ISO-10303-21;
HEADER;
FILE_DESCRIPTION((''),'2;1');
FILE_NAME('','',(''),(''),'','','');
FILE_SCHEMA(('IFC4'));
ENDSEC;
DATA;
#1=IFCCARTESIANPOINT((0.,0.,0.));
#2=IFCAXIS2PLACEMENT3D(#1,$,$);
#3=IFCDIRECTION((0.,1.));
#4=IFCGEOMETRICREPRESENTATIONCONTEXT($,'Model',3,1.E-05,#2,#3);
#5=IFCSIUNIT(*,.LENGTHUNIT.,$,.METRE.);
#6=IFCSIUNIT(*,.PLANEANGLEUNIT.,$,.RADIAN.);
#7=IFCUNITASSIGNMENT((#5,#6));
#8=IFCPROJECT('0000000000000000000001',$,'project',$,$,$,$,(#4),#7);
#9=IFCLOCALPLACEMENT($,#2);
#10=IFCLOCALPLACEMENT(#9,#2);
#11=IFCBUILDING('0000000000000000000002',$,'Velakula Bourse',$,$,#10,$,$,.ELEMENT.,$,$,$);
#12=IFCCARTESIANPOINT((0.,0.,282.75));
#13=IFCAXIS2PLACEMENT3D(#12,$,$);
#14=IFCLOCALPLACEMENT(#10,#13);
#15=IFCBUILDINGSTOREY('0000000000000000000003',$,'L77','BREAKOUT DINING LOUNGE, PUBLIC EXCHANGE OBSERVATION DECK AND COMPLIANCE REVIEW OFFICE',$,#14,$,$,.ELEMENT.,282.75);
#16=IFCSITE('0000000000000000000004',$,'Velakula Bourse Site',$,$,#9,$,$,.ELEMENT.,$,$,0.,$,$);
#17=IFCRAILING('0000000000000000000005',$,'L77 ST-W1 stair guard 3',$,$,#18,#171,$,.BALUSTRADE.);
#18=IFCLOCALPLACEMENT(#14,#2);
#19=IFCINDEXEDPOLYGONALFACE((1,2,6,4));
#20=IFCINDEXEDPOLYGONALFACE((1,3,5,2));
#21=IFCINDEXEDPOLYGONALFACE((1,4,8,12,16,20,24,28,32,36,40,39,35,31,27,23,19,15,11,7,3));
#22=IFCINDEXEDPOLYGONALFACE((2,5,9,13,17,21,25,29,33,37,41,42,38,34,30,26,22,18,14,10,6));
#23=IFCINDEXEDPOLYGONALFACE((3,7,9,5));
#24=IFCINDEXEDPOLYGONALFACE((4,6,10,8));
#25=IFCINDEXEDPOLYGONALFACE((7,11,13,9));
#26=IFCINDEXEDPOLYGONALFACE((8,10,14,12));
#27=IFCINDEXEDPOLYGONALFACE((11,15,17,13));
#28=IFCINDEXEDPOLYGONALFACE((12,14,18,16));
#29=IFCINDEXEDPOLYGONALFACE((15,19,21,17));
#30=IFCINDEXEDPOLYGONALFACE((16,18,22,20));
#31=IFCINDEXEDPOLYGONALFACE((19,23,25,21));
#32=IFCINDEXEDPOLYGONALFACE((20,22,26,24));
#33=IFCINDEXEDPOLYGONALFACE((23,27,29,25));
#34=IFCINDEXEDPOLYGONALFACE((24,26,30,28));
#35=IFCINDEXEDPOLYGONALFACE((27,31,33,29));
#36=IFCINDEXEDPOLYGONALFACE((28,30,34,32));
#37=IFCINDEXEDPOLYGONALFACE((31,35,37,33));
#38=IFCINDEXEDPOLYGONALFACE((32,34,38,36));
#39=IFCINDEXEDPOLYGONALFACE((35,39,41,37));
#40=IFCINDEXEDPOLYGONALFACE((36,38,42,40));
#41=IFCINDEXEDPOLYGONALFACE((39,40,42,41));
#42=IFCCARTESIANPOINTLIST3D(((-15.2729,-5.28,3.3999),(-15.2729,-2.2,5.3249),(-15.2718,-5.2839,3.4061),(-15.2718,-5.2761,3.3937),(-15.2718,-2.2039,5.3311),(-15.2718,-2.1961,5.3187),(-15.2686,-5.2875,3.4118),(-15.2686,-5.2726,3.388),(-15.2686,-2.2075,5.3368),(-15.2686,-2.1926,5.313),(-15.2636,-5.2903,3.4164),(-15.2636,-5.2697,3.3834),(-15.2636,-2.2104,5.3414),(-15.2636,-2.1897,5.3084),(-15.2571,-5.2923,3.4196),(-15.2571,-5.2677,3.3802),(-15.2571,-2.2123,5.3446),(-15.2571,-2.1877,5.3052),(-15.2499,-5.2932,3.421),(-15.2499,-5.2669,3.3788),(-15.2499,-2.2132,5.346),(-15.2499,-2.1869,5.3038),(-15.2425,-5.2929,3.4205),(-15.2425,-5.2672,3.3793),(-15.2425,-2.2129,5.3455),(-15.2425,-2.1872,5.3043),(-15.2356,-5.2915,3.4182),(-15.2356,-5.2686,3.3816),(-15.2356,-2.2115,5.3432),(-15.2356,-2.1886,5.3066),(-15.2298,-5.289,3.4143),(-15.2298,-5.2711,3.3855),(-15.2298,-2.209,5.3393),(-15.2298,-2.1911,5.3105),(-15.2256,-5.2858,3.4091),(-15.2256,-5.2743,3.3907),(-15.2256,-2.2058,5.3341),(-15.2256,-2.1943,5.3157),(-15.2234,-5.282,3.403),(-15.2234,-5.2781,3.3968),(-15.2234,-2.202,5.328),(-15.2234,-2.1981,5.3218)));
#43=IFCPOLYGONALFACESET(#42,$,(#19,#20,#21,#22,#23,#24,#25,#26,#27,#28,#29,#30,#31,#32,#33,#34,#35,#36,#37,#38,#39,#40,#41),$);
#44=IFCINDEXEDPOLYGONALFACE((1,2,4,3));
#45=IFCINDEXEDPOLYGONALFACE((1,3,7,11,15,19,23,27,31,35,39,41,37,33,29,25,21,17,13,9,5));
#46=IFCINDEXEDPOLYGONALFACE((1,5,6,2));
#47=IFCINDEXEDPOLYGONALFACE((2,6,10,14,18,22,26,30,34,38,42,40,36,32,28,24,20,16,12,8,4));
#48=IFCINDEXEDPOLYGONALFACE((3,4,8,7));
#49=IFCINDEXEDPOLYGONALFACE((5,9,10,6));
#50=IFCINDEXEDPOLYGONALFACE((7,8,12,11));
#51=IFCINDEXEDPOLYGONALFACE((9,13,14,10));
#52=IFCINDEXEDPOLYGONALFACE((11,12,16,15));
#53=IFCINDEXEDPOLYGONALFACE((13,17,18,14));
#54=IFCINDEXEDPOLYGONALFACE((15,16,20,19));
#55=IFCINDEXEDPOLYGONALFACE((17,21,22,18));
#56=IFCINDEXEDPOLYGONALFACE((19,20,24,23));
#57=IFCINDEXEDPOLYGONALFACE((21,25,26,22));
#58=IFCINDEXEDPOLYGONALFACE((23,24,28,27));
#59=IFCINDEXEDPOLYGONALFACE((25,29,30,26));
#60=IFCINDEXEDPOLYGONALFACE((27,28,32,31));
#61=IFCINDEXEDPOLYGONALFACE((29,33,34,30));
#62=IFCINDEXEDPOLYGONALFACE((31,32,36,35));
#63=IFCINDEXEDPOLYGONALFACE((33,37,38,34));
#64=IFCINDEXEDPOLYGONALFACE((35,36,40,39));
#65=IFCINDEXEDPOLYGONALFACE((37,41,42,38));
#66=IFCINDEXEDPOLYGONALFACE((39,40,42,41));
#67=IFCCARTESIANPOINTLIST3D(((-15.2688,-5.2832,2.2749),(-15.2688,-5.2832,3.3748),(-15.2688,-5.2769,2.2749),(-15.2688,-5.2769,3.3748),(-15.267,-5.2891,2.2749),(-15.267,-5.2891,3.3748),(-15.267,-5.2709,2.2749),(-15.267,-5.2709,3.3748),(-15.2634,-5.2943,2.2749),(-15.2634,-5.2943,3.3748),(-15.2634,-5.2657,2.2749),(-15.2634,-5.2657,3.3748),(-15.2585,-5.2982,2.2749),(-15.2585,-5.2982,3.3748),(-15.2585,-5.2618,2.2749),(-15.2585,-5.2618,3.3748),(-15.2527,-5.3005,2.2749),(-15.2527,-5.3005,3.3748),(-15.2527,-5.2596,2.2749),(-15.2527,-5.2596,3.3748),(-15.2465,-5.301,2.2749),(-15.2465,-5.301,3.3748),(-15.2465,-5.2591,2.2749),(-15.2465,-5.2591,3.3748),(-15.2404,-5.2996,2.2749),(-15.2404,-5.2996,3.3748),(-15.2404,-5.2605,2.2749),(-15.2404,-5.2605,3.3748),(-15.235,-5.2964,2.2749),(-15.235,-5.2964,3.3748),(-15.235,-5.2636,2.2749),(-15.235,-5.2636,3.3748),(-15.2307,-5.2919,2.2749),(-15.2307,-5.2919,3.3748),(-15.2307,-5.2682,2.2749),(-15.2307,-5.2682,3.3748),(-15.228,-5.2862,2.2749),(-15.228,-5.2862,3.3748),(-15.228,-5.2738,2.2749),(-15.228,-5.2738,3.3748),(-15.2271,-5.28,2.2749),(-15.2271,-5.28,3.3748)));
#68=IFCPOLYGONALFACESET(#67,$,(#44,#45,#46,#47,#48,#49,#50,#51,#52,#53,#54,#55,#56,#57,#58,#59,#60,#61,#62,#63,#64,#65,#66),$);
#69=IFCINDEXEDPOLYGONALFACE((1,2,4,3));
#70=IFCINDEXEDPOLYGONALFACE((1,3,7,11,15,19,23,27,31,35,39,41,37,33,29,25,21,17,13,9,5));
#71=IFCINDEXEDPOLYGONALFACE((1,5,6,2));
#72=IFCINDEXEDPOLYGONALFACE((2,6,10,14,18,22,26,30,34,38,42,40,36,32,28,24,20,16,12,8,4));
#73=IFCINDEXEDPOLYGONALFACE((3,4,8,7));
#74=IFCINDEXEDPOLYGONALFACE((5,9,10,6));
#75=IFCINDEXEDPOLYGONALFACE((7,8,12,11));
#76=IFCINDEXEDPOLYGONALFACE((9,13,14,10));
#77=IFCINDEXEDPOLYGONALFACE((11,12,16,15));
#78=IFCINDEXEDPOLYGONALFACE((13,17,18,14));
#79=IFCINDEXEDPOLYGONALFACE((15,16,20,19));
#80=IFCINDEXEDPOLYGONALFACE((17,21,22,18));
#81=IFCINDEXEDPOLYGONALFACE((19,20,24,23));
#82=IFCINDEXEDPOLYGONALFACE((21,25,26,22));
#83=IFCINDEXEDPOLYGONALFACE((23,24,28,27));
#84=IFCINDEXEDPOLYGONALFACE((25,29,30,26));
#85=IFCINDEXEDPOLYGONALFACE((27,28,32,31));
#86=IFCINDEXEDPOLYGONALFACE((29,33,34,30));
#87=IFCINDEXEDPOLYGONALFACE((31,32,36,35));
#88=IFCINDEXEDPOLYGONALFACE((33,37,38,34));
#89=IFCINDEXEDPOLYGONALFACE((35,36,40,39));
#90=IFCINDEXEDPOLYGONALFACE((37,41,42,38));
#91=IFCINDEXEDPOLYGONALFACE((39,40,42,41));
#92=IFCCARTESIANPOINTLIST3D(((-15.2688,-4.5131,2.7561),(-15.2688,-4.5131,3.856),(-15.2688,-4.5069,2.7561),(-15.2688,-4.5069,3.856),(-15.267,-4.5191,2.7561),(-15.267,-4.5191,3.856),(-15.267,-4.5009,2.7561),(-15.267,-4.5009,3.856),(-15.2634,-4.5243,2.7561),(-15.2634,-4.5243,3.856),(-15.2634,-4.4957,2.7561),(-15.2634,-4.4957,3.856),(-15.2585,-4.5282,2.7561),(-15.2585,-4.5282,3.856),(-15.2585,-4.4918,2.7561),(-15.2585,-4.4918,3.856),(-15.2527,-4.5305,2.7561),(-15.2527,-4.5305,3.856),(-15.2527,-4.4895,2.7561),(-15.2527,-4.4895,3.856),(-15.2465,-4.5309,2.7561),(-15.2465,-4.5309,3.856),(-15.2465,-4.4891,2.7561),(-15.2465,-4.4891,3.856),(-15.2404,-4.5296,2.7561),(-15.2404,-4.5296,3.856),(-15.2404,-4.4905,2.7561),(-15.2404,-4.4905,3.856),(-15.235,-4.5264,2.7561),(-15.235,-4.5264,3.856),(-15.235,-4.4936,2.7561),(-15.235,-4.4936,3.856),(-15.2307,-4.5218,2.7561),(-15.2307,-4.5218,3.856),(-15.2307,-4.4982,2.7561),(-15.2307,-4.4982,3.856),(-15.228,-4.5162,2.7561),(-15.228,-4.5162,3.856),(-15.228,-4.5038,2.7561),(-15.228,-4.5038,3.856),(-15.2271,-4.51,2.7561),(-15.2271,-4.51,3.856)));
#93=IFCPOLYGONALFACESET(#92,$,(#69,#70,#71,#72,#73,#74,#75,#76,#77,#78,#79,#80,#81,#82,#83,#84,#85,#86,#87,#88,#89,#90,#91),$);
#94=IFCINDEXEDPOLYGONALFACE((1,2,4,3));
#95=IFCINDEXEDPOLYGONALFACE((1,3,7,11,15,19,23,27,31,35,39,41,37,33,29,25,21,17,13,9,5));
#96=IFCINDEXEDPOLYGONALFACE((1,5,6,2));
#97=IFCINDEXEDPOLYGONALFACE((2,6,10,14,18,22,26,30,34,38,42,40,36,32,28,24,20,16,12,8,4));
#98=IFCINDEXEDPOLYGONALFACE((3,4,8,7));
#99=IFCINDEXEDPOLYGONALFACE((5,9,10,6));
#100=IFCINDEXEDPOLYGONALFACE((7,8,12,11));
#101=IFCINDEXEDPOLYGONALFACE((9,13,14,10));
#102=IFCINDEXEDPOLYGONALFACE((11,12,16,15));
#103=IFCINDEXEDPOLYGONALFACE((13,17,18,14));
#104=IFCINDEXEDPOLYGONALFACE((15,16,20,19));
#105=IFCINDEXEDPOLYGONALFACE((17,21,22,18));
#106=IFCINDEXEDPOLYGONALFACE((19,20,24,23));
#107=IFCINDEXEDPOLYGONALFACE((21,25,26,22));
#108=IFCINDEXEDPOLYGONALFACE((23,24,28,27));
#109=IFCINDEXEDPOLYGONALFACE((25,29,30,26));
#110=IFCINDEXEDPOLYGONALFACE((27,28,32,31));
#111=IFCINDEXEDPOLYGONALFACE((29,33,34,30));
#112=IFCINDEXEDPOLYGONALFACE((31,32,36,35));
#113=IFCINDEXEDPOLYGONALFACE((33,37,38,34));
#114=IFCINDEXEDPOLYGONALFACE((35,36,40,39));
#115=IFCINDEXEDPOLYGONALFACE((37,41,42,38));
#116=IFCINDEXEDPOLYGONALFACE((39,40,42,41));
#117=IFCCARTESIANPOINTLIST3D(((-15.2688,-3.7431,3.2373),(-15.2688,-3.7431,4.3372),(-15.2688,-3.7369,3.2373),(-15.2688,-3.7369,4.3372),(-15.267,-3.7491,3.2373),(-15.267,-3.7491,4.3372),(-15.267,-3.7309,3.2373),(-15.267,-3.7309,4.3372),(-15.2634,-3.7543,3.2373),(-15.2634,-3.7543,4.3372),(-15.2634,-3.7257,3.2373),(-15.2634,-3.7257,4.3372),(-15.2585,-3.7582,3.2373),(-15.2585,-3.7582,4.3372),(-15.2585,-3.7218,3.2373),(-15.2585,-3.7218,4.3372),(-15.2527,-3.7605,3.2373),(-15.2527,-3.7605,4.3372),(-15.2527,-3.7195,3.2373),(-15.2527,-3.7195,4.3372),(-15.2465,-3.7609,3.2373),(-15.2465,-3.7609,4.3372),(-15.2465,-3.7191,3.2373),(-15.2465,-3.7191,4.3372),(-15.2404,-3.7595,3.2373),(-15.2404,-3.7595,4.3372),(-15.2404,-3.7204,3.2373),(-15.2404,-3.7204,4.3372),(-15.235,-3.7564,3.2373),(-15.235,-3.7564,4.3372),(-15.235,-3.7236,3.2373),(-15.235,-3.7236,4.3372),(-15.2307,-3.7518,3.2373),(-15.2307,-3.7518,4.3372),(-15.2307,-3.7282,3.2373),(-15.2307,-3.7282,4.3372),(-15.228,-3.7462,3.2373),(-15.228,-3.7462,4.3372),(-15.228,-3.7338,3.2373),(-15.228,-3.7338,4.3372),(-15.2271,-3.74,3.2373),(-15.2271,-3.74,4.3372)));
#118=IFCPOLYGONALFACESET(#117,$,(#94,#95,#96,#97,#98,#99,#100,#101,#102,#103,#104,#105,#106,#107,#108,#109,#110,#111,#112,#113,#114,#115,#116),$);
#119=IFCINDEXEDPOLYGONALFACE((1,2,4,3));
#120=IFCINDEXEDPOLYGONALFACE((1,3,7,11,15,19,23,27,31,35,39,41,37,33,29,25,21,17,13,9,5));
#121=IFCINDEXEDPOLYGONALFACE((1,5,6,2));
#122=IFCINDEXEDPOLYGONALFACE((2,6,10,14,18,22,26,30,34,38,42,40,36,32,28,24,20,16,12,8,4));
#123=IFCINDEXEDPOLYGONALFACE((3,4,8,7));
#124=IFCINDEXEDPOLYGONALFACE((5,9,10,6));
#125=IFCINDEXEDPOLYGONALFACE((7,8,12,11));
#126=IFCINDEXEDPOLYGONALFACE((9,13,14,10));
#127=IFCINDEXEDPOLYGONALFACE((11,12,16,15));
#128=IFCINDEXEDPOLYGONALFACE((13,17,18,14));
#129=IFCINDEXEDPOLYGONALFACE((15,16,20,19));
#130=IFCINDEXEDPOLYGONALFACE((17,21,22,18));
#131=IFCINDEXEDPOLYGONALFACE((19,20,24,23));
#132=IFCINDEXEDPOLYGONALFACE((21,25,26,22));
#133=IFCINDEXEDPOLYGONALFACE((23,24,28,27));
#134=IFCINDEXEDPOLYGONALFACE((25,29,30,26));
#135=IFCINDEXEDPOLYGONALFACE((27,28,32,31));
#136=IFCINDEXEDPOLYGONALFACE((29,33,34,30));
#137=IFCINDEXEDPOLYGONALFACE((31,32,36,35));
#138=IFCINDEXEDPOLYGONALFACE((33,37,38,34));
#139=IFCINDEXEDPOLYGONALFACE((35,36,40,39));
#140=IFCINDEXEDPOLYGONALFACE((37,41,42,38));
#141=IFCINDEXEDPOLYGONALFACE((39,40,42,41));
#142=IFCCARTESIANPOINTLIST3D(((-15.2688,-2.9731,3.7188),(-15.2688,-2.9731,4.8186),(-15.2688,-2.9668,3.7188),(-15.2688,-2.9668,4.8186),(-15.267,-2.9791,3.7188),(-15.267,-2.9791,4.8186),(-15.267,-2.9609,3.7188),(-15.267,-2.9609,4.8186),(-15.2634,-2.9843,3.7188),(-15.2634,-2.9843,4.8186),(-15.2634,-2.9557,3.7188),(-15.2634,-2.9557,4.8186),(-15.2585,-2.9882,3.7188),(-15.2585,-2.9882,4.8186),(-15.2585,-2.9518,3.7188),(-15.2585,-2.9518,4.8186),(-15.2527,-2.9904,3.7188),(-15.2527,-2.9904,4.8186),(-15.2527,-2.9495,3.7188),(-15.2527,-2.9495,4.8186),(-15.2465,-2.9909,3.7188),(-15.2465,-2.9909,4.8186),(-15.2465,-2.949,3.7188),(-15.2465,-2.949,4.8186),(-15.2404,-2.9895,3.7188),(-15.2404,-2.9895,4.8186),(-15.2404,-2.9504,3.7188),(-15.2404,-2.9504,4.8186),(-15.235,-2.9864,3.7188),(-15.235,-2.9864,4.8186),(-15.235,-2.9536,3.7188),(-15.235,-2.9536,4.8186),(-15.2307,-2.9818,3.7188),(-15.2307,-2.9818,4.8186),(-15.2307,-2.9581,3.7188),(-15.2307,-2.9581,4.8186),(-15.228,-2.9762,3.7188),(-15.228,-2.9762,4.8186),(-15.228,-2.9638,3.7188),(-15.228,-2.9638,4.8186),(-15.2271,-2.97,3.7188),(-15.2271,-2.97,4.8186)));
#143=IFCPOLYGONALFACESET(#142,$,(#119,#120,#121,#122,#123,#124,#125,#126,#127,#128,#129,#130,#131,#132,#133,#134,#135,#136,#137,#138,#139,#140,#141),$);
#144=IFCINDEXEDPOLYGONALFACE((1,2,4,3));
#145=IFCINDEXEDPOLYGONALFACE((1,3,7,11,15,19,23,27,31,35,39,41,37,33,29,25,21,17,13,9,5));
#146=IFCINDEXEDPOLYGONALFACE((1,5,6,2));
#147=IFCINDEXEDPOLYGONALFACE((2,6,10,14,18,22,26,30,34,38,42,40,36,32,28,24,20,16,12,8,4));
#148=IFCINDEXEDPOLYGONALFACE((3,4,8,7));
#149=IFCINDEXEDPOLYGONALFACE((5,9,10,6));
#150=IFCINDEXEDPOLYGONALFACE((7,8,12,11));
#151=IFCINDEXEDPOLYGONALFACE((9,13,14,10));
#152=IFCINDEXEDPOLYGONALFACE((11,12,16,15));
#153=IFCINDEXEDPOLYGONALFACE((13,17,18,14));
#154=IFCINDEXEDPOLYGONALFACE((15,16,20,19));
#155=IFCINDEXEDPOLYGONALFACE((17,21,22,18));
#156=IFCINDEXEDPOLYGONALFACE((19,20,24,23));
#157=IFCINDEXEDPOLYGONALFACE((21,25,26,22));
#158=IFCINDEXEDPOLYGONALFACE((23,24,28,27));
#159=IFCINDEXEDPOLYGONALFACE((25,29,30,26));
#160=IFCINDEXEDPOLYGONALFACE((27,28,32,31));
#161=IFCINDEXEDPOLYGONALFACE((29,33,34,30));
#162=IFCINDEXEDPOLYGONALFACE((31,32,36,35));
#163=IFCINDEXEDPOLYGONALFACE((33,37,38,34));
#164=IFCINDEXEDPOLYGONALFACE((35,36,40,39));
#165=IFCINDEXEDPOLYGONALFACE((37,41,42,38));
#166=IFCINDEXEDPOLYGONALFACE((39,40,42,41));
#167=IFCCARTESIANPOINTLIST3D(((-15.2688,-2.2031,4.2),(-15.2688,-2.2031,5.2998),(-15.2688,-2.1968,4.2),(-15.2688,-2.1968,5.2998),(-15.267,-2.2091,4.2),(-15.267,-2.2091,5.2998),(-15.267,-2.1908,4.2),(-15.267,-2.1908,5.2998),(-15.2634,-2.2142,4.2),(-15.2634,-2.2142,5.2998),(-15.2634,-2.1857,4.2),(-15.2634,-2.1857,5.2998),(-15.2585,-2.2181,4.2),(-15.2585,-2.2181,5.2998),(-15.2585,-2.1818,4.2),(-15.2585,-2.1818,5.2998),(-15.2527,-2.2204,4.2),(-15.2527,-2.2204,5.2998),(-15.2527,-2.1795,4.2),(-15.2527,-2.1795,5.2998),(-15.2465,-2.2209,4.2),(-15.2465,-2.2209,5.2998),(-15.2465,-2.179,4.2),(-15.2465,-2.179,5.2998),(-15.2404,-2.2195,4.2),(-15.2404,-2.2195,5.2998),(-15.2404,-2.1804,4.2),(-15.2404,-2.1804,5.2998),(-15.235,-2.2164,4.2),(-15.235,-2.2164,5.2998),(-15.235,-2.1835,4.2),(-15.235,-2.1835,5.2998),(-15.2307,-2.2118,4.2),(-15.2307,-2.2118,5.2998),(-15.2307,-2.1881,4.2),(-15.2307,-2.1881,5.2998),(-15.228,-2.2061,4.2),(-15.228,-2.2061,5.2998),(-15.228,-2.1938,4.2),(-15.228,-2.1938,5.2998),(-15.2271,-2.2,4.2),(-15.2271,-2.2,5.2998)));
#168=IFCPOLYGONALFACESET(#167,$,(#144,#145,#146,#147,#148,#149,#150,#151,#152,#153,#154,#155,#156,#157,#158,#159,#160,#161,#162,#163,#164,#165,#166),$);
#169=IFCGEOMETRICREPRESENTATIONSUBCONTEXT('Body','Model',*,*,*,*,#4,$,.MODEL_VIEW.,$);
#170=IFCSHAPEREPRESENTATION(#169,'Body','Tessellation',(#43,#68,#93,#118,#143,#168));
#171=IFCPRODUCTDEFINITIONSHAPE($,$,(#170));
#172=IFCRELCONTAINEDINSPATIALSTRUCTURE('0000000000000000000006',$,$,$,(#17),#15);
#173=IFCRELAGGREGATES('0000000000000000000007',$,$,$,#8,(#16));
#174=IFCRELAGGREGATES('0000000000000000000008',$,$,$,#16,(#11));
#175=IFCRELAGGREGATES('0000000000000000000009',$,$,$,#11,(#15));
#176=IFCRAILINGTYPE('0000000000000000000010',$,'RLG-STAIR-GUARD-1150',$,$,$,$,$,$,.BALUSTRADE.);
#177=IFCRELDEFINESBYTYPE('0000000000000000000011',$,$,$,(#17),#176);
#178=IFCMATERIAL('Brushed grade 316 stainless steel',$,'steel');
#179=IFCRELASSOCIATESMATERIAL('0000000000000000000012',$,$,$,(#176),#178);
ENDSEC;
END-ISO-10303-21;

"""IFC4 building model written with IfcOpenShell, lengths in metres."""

from ifc_helpers import new_model, si_unit, direction, frame, origin, origin_2d, place, context, subcontext, project, spatial, circle, extrude, material, type_object, element, save


model = new_model("IFC4")

# Units and contexts
model_context = context("Model", 3, precision=1e-05, world=origin(), true_north=direction((0.0, 1.0)))
body_context = subcontext(model_context, "Body", "Model", "MODEL_VIEW")
ifc_project = project(units=[si_unit("LENGTHUNIT", "METRE"), si_unit("PLANEANGLEUNIT", "RADIAN")], contexts=[model_context])

# Site, building, storey
site_placement = place(None, origin())
site = spatial("IfcSite", under=ifc_project, at=site_placement, Name="Velakula Bourse Site", CompositionType="ELEMENT", RefElevation=0.0)
building_placement = place(site_placement, origin())
building = spatial("IfcBuilding", under=site, at=building_placement, Name="Velakula Bourse", CompositionType="ELEMENT")
storey_placement = place(building_placement, frame((0.0, 0.0, 282.75)))
storey = spatial("IfcBuildingStorey", under=building, at=storey_placement, Name="L77", Description="BREAKOUT DINING LOUNGE, PUBLIC EXCHANGE OBSERVATION DECK AND COMPLIANCE REVIEW OFFICE", CompositionType="ELEMENT", Elevation=282.75)

# Shared definitions
ifc_material_1 = material(Name="Brushed grade 316 stainless steel", Category="steel")

# Railing
railing_type_1 = type_object("IfcRailingType", Name="RLG-STAIR-GUARD-1150", PredefinedType="BALUSTRADE", material=ifc_material_1)
railing_1_placement = place(storey_placement, frame((-15.248, -5.28, 2.2749)))
element("IfcRailing", 1, at=railing_1_placement, inside=storey, type_object=railing_type_1, Name="L77 ST-W1 stair guard 3", PredefinedType="BALUSTRADE", context=body_context, shape_type="SweptSolid", body=[
    extrude(circle(Radius=0.0249, at=origin_2d()), frame((0.0, 0.0, 1.125), z_axis=(0.0, 0.847998, 0.529999), x_axis=(-1.0, 0.0, 0.0)), (0.0, 0.0, 1.0), 3.6321),
    extrude(circle(Radius=0.021, at=origin_2d()), origin(), (0.0, 0.0, 1.0), 1.0999),
    extrude(circle(Radius=0.021, at=origin_2d()), frame((0.0, 0.77, 0.4812)), (0.0, 0.0, 1.0), 1.0999),
    extrude(circle(Radius=0.021, at=origin_2d()), frame((0.0, 1.54, 0.9624)), (0.0, 0.0, 1.0), 1.0999),
    extrude(circle(Radius=0.021, at=origin_2d()), frame((0.0, 2.3101, 1.4438)), (0.0, 0.0, 1.0), 1.0999),
    extrude(circle(Radius=0.021, at=origin_2d()), frame((0.0, 3.0801, 1.925)), (0.0, 0.0, 1.0), 1.0999),
])

save(model, "model.ifc")
